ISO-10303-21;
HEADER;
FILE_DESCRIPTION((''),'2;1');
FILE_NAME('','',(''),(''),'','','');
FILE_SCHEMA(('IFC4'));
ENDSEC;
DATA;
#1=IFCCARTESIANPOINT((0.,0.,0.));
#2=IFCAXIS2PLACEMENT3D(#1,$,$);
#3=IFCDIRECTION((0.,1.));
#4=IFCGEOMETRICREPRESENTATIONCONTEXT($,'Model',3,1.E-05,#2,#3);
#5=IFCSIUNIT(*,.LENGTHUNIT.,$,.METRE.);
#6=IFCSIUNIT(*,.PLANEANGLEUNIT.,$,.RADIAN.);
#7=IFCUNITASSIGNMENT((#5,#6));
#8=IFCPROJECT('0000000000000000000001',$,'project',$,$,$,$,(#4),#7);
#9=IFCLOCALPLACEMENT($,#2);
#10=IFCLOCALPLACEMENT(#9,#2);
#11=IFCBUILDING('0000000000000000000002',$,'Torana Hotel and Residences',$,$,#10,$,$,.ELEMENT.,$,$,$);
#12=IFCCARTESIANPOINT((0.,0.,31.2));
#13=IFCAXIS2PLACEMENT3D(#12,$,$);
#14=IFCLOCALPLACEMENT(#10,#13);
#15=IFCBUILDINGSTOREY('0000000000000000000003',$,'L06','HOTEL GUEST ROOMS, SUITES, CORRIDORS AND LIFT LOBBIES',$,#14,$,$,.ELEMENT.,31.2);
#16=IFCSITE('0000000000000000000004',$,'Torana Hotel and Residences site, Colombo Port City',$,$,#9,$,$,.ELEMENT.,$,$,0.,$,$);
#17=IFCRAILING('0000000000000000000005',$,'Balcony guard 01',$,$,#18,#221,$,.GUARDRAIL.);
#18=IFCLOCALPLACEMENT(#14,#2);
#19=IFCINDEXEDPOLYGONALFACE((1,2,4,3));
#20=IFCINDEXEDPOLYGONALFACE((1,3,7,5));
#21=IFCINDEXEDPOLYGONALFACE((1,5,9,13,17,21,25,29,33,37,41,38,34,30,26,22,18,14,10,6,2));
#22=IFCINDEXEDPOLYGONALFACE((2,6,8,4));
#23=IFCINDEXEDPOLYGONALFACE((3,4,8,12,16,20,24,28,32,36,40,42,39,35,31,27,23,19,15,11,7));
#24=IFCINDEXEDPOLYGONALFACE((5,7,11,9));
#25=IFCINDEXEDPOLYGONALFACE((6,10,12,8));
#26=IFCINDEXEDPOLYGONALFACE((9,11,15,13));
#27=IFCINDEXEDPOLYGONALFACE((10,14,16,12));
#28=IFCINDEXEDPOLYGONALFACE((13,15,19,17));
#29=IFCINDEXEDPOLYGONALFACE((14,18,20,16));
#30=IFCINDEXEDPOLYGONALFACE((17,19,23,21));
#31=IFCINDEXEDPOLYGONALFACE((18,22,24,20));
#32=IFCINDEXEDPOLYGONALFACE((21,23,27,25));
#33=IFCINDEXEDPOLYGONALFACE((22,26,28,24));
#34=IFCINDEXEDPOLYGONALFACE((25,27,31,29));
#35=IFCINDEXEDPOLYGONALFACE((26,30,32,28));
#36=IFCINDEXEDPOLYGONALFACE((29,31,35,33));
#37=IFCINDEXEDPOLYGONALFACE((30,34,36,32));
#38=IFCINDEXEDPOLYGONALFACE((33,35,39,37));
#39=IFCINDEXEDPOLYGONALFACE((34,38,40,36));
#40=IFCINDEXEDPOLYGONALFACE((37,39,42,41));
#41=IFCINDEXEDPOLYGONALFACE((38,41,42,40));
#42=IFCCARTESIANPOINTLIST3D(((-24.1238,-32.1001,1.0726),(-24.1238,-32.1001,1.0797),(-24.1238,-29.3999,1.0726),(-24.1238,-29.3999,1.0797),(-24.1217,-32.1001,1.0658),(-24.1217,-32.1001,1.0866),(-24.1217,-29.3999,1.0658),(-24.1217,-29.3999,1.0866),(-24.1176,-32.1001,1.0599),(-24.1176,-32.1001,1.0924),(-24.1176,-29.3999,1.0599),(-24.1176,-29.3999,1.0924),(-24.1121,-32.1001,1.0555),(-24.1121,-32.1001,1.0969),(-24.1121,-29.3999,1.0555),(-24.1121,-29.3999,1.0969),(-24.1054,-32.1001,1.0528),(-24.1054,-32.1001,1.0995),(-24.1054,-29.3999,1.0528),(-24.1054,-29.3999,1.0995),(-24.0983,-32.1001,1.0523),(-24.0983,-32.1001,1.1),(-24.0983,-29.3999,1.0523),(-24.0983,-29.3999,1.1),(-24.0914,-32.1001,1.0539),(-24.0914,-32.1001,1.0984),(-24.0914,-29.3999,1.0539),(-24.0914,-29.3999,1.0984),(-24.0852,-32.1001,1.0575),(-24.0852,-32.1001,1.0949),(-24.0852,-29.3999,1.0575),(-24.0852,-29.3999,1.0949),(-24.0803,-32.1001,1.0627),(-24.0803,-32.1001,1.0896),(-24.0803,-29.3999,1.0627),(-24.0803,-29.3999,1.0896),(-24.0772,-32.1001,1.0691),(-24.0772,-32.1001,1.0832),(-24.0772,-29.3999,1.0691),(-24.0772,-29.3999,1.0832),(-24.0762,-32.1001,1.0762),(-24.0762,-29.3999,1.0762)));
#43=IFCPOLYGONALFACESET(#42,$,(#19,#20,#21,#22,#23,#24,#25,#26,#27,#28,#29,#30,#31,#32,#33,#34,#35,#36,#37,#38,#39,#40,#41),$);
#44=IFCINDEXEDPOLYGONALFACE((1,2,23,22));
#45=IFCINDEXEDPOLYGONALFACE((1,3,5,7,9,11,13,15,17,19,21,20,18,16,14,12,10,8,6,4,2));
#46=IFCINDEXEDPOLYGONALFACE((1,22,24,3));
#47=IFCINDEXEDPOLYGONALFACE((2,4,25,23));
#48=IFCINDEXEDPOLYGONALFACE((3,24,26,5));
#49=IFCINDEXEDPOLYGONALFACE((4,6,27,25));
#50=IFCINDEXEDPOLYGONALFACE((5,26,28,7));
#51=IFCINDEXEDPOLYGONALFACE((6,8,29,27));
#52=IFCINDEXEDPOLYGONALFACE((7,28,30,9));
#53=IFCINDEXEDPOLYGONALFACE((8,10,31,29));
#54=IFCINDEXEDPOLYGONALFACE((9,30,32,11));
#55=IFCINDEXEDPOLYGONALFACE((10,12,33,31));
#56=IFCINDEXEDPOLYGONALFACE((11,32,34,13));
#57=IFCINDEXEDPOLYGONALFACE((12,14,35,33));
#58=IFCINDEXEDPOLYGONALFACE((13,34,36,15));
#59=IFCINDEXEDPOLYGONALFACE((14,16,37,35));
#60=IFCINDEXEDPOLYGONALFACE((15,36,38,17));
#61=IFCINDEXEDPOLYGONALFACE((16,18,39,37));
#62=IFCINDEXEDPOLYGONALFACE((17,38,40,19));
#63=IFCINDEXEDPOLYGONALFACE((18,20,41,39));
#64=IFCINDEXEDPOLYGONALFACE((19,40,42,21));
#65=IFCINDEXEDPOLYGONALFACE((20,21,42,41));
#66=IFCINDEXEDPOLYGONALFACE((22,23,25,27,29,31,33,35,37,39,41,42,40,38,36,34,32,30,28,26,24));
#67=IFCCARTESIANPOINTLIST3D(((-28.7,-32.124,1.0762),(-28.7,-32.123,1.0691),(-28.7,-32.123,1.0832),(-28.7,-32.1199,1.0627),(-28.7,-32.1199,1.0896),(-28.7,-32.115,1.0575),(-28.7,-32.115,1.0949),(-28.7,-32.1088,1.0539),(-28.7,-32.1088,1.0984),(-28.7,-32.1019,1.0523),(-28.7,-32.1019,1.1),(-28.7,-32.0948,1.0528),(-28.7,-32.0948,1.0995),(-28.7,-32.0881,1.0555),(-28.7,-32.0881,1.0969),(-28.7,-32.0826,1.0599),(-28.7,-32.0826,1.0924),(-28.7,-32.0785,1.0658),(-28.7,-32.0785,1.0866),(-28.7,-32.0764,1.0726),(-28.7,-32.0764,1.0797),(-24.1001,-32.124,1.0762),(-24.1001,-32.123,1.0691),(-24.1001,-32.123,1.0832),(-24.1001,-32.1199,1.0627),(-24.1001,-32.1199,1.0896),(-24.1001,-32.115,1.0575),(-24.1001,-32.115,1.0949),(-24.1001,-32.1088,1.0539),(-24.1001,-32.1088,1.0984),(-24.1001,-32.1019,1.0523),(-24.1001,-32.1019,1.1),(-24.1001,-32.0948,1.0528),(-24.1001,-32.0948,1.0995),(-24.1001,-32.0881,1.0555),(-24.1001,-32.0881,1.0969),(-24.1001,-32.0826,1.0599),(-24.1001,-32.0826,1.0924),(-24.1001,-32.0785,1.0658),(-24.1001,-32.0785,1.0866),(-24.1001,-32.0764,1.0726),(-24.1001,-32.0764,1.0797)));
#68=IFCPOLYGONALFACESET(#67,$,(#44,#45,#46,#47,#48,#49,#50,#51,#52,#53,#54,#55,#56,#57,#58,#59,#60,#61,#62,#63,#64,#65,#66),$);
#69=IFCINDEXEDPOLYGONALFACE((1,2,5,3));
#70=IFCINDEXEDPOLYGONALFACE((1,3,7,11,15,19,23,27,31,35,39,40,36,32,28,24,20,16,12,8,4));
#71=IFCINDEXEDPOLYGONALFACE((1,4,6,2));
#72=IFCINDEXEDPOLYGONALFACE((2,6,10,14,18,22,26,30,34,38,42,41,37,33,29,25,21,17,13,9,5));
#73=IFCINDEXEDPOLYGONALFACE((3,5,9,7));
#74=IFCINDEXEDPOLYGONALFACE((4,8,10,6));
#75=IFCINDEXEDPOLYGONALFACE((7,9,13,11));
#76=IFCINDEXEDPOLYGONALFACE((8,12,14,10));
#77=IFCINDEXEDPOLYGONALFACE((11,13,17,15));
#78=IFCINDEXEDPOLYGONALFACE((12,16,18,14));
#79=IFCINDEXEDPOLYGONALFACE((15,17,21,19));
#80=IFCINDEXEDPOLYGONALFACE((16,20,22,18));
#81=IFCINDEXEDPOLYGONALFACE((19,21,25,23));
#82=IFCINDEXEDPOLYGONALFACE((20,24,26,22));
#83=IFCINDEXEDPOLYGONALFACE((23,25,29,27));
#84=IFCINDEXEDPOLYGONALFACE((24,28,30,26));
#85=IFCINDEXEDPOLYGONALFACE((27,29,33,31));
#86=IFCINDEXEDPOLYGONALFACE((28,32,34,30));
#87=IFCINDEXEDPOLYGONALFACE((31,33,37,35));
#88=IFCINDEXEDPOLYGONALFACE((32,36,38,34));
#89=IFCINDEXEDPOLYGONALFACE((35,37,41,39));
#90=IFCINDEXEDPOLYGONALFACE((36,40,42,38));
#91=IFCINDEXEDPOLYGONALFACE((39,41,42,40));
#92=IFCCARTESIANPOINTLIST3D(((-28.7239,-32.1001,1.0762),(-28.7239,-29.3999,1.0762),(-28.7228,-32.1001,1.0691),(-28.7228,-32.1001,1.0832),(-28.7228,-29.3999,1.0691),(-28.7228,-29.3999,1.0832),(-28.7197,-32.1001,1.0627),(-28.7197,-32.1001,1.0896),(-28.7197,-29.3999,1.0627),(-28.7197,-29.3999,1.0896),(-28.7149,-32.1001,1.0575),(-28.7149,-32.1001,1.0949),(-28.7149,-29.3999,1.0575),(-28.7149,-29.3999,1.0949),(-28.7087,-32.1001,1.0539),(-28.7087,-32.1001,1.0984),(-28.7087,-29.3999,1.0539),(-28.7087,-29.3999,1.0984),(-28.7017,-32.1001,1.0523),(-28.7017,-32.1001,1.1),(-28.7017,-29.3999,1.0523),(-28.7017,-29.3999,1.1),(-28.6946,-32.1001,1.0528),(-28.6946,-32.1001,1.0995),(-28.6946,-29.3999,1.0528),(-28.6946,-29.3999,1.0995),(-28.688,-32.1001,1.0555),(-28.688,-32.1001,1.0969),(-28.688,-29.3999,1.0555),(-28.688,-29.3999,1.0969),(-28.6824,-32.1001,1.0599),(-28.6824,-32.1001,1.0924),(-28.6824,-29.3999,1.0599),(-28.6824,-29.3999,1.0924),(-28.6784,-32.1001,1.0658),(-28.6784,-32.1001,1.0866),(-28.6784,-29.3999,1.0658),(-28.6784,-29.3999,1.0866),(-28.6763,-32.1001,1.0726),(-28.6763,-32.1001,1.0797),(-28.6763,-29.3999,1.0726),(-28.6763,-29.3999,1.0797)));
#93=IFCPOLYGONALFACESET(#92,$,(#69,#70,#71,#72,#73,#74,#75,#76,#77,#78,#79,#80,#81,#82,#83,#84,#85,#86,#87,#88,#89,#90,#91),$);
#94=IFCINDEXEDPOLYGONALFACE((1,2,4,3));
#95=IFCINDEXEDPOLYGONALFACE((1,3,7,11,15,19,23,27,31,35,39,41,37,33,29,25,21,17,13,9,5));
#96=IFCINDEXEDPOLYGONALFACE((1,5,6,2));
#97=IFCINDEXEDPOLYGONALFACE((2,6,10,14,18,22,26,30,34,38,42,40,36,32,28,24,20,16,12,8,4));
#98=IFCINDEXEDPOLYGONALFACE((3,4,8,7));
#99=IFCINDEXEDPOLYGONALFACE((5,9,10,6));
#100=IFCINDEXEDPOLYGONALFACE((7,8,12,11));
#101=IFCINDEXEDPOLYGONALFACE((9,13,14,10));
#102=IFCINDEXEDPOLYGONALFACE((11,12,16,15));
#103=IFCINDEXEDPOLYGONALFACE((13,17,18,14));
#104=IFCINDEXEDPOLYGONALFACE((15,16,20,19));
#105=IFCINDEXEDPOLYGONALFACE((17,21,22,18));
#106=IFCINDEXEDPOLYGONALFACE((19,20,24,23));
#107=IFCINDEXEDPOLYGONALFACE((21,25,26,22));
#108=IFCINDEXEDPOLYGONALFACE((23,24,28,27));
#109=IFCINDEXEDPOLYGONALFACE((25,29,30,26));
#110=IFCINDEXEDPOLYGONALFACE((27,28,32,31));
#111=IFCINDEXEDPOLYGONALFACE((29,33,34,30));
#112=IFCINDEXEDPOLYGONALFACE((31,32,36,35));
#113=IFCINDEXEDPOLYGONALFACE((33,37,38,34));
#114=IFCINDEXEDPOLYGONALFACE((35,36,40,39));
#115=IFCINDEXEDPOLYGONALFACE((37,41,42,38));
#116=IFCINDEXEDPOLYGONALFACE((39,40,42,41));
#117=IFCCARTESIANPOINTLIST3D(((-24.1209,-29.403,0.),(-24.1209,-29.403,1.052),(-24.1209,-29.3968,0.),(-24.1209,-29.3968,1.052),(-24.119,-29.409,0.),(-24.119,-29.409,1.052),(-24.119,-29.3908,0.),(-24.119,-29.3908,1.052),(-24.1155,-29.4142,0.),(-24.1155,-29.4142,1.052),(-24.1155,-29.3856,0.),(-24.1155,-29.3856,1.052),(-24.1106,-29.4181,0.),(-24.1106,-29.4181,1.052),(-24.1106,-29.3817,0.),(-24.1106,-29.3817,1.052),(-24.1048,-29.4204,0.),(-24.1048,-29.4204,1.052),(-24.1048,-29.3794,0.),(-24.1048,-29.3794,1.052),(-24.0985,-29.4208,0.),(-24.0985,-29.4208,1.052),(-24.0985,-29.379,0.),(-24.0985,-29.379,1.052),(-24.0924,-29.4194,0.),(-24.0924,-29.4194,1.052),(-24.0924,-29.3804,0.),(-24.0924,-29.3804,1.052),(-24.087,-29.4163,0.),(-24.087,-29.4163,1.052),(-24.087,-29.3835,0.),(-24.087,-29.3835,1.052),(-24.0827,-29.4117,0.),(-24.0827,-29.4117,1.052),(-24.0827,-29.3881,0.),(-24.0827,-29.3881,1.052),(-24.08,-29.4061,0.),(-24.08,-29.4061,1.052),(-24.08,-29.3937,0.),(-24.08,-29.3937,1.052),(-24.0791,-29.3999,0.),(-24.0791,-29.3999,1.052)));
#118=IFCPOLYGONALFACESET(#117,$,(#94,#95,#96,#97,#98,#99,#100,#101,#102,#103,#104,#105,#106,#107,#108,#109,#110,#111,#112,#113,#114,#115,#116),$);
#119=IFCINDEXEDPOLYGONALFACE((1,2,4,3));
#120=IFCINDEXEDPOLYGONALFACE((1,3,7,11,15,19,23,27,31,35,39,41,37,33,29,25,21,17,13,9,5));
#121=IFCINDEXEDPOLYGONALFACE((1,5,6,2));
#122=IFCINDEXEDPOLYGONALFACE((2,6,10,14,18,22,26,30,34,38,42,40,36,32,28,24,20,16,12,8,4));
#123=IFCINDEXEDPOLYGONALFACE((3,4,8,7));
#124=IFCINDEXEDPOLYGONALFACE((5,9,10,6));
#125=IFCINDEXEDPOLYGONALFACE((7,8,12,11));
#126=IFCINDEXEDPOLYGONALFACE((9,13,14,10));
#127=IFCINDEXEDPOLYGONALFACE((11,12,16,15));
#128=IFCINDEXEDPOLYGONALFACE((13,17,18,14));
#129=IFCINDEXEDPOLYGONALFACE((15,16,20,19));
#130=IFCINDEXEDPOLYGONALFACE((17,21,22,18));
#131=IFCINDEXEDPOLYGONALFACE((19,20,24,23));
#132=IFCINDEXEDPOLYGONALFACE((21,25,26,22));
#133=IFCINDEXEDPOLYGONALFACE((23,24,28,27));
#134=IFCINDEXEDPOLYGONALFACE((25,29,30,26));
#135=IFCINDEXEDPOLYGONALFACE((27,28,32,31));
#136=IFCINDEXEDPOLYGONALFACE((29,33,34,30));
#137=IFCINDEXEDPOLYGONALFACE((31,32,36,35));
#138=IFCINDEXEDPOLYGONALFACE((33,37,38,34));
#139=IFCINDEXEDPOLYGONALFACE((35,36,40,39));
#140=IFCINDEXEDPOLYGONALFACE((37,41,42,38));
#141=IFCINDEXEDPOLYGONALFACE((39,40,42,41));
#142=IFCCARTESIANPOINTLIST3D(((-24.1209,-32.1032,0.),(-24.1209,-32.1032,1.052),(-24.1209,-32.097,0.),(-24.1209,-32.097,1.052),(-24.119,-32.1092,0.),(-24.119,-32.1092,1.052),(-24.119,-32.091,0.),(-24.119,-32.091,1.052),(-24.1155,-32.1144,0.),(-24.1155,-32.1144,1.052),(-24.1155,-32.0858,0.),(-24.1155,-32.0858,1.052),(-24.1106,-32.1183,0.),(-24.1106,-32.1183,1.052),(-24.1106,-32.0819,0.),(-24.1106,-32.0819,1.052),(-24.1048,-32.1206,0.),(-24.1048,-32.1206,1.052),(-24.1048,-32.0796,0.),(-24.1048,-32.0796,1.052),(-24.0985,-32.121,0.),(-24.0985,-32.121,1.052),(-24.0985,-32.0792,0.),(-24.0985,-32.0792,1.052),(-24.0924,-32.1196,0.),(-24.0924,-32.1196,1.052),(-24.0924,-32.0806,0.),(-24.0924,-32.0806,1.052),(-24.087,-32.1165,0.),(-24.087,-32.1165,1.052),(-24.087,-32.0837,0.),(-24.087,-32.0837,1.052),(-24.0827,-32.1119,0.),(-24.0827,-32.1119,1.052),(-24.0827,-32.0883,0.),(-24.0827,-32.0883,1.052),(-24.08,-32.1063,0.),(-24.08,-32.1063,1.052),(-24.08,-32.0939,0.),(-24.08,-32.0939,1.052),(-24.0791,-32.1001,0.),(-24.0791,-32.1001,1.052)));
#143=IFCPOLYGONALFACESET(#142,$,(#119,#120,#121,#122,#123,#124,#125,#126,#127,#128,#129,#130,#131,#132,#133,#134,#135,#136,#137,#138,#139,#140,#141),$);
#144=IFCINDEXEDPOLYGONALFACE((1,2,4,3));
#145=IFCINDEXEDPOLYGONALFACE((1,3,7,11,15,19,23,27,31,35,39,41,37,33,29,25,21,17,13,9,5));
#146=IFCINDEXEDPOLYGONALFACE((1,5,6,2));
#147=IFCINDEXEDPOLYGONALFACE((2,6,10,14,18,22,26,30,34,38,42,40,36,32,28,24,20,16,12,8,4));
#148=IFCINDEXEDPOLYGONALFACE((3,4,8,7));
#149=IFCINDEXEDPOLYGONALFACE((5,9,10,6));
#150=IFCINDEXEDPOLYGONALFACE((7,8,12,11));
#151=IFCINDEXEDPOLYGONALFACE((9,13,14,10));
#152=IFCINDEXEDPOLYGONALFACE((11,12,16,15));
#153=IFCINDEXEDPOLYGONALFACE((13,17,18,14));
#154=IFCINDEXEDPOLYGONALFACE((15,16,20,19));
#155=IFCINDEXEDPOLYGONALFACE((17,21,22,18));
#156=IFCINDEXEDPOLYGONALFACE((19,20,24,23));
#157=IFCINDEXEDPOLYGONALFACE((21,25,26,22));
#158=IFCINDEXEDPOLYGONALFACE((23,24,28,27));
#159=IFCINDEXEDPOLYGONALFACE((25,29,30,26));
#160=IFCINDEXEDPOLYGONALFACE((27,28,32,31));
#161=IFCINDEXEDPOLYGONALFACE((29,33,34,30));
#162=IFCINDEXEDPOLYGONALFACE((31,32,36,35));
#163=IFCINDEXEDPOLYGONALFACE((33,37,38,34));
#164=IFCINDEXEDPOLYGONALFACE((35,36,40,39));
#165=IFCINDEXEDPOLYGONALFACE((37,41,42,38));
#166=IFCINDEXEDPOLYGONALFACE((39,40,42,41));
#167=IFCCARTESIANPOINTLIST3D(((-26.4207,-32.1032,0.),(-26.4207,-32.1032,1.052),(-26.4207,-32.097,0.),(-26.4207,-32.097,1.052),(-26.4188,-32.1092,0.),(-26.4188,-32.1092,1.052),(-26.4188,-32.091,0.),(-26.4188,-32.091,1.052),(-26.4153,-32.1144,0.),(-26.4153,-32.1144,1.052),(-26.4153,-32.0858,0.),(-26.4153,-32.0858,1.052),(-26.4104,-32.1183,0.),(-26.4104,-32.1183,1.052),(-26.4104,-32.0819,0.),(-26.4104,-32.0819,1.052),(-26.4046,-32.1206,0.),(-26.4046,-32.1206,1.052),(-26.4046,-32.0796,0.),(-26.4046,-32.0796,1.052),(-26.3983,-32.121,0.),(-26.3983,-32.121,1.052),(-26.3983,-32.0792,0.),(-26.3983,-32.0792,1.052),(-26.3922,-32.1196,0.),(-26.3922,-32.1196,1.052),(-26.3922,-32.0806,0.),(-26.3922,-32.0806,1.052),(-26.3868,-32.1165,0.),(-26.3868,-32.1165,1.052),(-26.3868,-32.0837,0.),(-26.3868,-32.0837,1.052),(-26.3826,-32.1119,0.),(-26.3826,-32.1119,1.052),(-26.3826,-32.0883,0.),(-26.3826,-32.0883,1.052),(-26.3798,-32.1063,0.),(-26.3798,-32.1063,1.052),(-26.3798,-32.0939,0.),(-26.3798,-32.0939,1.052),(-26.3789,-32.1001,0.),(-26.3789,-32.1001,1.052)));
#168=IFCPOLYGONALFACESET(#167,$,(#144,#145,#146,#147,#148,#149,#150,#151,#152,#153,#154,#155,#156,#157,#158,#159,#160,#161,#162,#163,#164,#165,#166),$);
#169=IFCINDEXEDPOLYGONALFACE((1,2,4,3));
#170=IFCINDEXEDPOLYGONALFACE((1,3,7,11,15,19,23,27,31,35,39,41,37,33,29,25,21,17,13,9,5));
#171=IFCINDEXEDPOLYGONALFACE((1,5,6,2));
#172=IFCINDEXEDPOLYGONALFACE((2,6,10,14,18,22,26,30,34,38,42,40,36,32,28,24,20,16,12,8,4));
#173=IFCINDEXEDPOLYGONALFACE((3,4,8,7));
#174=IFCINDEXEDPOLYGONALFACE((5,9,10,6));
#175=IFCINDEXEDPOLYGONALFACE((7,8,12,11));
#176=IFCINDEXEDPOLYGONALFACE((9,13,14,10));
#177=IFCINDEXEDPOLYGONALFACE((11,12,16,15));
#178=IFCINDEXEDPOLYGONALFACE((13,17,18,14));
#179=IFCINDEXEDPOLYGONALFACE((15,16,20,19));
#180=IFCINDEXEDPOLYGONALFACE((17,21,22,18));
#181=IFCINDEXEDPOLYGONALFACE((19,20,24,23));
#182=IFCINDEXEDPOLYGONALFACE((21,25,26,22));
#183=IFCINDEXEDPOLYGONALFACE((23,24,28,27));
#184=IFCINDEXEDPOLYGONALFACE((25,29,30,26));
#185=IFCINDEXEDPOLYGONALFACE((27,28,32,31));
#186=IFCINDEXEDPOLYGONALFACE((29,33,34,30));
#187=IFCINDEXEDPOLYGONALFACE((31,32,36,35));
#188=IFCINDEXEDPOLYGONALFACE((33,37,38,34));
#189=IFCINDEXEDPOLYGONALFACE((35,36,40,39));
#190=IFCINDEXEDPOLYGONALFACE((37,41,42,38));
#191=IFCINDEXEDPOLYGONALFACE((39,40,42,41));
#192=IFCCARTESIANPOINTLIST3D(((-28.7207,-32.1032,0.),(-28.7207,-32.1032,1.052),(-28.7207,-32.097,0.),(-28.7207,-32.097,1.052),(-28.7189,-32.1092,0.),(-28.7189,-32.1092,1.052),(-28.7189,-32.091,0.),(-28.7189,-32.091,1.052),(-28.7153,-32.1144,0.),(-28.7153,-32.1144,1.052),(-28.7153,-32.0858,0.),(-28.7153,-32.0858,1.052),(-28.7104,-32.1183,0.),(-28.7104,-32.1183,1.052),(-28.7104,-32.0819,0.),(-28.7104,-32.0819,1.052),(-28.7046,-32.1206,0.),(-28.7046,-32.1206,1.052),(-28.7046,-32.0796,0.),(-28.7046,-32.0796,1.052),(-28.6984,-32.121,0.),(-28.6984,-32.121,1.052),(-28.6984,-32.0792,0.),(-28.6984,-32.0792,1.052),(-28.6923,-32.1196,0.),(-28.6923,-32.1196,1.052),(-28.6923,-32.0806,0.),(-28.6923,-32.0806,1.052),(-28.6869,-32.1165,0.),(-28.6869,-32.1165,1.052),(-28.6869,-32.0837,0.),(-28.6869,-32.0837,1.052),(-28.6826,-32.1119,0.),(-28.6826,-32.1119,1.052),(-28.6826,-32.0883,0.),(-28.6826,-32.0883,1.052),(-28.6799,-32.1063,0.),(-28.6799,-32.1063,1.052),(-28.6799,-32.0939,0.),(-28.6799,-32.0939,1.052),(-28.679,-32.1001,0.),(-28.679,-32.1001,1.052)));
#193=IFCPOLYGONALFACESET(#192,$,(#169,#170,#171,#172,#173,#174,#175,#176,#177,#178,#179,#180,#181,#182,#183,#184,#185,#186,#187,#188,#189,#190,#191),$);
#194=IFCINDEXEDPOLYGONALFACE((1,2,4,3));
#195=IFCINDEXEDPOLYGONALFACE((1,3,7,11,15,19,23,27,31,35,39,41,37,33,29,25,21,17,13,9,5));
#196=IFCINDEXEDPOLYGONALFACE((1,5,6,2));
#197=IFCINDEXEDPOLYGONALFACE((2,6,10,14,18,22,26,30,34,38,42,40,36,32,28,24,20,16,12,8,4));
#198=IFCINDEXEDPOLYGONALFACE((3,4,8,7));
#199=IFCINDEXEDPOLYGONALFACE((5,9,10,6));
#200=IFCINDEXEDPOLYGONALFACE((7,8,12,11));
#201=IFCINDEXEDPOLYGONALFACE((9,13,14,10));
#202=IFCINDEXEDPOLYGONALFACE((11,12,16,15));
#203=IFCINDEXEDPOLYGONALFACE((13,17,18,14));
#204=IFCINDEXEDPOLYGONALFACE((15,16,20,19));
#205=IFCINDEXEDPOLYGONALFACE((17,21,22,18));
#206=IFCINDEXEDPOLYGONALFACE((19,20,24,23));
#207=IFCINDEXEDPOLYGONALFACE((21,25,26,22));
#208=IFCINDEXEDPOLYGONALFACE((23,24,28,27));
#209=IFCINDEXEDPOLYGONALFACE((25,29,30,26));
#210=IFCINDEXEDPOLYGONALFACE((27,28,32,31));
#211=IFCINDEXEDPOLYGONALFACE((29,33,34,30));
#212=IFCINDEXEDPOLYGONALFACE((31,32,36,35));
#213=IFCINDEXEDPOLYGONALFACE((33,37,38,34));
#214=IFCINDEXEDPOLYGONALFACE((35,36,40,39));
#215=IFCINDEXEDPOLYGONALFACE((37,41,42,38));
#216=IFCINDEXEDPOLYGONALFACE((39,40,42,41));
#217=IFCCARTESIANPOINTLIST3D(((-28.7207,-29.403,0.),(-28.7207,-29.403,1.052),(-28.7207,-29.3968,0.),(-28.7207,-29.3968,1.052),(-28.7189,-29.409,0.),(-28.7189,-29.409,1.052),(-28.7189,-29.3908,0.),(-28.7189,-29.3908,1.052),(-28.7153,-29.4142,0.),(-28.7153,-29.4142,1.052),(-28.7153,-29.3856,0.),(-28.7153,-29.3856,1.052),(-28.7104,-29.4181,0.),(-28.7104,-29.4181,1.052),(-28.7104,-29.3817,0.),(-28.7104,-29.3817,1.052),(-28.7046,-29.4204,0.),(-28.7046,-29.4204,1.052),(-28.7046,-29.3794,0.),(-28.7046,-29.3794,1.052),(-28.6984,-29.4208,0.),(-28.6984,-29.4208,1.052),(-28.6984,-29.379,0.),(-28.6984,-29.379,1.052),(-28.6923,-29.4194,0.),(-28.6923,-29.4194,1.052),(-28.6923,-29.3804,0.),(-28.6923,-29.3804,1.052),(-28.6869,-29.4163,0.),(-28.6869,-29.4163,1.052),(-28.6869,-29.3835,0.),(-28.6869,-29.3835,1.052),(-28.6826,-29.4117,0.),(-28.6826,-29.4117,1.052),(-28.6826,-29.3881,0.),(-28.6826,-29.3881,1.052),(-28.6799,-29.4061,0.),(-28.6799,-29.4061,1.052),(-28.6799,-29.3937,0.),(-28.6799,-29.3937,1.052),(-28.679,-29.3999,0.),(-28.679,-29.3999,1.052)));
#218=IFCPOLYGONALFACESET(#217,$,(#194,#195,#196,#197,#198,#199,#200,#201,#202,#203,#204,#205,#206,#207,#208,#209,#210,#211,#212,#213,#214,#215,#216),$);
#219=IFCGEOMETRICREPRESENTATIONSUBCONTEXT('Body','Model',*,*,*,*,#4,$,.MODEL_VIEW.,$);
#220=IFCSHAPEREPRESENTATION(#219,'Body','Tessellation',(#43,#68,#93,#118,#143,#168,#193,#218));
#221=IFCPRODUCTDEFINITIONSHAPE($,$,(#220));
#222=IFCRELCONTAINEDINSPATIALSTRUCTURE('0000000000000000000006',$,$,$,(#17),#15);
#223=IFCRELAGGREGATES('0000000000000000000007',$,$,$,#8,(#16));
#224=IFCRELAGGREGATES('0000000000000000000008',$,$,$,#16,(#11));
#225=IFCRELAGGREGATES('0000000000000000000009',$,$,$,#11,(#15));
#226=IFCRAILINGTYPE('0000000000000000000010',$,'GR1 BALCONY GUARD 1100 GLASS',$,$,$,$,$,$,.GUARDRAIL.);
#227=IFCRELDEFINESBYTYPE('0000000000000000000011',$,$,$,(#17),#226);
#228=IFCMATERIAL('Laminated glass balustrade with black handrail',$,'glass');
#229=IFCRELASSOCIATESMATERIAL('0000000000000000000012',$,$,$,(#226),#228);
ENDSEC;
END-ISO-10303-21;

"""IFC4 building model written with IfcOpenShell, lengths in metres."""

from ifc_helpers import new_model, si_unit, direction, frame, origin, origin_2d, place, context, subcontext, project, spatial, circle, extrude, material, type_object, element, save


model = new_model("IFC4")

# Units and contexts
model_context = context("Model", 3, precision=1e-05, world=origin(), true_north=direction((0.0, 1.0)))
body_context = subcontext(model_context, "Body", "Model", "MODEL_VIEW")
ifc_project = project(units=[si_unit("LENGTHUNIT", "METRE"), si_unit("PLANEANGLEUNIT", "RADIAN")], contexts=[model_context])

# Site, building, storey
site_placement = place(None, origin())
site = spatial("IfcSite", under=ifc_project, at=site_placement, Name="Torana Hotel and Residences site, Colombo Port City", CompositionType="ELEMENT", RefElevation=0.0)
building_placement = place(site_placement, origin())
building = spatial("IfcBuilding", under=site, at=building_placement, Name="Torana Hotel and Residences", CompositionType="ELEMENT")
storey_placement = place(building_placement, frame((0.0, 0.0, 31.2)))
storey = spatial("IfcBuildingStorey", under=building, at=storey_placement, Name="L06", Description="HOTEL GUEST ROOMS, SUITES, CORRIDORS AND LIFT LOBBIES", CompositionType="ELEMENT", Elevation=31.2)

# Railing
ifc_material_1 = material(Name="Laminated glass balustrade with black handrail", Category="glass")
railing_type = type_object("IfcRailingType", Name="GR1 BALCONY GUARD 1100 GLASS", PredefinedType="GUARDRAIL", material=ifc_material_1)
railing_placement = place(storey_placement, frame((-24.1001, -29.3999, 0.0)))
element("IfcRailing", 1, at=railing_placement, inside=storey, type_object=railing_type, Name="Balcony guard 01", PredefinedType="GUARDRAIL", context=body_context, shape_type="SweptSolid", body=[
    extrude(circle(Radius=0.0239, at=origin_2d()), frame((0.0, 0.0, 1.0762), z_axis=(0.0, -1.0, 0.0), x_axis=(1.0, 0.0, 0.0)), (0.0, 0.0, 1.0), 2.7002),
    extrude(circle(Radius=0.0239, at=origin_2d()), frame((0.0, -2.7002, 1.0762), z_axis=(-1.0, 0.0, 0.0), x_axis=(0.0, -1.0, 0.0)), (0.0, 0.0, 1.0), 4.5999),
    extrude(circle(Radius=0.0239, at=origin_2d()), frame((-4.5999, -2.7002, 1.0762), z_axis=(0.0, 1.0, 0.0), x_axis=(-1.0, 0.0, 0.0)), (0.0, 0.0, 1.0), 2.7002),
    extrude(circle(Radius=0.021, at=origin_2d()), origin(), (0.0, 0.0, 1.0), 1.052),
    extrude(circle(Radius=0.021, at=origin_2d()), frame((0.0, -2.7002, 0.0)), (0.0, 0.0, 1.0), 1.052),
    extrude(circle(Radius=0.021, at=origin_2d()), frame((-2.2998, -2.7002, 0.0)), (0.0, 0.0, 1.0), 1.052),
    extrude(circle(Radius=0.021, at=origin_2d()), frame((-4.5999, -2.7002, 0.0)), (0.0, 0.0, 1.0), 1.052),
    extrude(circle(Radius=0.021, at=origin_2d()), frame((-4.5999, 0.0, 0.0)), (0.0, 0.0, 1.0), 1.052),
])

save(model, "model.ifc")
